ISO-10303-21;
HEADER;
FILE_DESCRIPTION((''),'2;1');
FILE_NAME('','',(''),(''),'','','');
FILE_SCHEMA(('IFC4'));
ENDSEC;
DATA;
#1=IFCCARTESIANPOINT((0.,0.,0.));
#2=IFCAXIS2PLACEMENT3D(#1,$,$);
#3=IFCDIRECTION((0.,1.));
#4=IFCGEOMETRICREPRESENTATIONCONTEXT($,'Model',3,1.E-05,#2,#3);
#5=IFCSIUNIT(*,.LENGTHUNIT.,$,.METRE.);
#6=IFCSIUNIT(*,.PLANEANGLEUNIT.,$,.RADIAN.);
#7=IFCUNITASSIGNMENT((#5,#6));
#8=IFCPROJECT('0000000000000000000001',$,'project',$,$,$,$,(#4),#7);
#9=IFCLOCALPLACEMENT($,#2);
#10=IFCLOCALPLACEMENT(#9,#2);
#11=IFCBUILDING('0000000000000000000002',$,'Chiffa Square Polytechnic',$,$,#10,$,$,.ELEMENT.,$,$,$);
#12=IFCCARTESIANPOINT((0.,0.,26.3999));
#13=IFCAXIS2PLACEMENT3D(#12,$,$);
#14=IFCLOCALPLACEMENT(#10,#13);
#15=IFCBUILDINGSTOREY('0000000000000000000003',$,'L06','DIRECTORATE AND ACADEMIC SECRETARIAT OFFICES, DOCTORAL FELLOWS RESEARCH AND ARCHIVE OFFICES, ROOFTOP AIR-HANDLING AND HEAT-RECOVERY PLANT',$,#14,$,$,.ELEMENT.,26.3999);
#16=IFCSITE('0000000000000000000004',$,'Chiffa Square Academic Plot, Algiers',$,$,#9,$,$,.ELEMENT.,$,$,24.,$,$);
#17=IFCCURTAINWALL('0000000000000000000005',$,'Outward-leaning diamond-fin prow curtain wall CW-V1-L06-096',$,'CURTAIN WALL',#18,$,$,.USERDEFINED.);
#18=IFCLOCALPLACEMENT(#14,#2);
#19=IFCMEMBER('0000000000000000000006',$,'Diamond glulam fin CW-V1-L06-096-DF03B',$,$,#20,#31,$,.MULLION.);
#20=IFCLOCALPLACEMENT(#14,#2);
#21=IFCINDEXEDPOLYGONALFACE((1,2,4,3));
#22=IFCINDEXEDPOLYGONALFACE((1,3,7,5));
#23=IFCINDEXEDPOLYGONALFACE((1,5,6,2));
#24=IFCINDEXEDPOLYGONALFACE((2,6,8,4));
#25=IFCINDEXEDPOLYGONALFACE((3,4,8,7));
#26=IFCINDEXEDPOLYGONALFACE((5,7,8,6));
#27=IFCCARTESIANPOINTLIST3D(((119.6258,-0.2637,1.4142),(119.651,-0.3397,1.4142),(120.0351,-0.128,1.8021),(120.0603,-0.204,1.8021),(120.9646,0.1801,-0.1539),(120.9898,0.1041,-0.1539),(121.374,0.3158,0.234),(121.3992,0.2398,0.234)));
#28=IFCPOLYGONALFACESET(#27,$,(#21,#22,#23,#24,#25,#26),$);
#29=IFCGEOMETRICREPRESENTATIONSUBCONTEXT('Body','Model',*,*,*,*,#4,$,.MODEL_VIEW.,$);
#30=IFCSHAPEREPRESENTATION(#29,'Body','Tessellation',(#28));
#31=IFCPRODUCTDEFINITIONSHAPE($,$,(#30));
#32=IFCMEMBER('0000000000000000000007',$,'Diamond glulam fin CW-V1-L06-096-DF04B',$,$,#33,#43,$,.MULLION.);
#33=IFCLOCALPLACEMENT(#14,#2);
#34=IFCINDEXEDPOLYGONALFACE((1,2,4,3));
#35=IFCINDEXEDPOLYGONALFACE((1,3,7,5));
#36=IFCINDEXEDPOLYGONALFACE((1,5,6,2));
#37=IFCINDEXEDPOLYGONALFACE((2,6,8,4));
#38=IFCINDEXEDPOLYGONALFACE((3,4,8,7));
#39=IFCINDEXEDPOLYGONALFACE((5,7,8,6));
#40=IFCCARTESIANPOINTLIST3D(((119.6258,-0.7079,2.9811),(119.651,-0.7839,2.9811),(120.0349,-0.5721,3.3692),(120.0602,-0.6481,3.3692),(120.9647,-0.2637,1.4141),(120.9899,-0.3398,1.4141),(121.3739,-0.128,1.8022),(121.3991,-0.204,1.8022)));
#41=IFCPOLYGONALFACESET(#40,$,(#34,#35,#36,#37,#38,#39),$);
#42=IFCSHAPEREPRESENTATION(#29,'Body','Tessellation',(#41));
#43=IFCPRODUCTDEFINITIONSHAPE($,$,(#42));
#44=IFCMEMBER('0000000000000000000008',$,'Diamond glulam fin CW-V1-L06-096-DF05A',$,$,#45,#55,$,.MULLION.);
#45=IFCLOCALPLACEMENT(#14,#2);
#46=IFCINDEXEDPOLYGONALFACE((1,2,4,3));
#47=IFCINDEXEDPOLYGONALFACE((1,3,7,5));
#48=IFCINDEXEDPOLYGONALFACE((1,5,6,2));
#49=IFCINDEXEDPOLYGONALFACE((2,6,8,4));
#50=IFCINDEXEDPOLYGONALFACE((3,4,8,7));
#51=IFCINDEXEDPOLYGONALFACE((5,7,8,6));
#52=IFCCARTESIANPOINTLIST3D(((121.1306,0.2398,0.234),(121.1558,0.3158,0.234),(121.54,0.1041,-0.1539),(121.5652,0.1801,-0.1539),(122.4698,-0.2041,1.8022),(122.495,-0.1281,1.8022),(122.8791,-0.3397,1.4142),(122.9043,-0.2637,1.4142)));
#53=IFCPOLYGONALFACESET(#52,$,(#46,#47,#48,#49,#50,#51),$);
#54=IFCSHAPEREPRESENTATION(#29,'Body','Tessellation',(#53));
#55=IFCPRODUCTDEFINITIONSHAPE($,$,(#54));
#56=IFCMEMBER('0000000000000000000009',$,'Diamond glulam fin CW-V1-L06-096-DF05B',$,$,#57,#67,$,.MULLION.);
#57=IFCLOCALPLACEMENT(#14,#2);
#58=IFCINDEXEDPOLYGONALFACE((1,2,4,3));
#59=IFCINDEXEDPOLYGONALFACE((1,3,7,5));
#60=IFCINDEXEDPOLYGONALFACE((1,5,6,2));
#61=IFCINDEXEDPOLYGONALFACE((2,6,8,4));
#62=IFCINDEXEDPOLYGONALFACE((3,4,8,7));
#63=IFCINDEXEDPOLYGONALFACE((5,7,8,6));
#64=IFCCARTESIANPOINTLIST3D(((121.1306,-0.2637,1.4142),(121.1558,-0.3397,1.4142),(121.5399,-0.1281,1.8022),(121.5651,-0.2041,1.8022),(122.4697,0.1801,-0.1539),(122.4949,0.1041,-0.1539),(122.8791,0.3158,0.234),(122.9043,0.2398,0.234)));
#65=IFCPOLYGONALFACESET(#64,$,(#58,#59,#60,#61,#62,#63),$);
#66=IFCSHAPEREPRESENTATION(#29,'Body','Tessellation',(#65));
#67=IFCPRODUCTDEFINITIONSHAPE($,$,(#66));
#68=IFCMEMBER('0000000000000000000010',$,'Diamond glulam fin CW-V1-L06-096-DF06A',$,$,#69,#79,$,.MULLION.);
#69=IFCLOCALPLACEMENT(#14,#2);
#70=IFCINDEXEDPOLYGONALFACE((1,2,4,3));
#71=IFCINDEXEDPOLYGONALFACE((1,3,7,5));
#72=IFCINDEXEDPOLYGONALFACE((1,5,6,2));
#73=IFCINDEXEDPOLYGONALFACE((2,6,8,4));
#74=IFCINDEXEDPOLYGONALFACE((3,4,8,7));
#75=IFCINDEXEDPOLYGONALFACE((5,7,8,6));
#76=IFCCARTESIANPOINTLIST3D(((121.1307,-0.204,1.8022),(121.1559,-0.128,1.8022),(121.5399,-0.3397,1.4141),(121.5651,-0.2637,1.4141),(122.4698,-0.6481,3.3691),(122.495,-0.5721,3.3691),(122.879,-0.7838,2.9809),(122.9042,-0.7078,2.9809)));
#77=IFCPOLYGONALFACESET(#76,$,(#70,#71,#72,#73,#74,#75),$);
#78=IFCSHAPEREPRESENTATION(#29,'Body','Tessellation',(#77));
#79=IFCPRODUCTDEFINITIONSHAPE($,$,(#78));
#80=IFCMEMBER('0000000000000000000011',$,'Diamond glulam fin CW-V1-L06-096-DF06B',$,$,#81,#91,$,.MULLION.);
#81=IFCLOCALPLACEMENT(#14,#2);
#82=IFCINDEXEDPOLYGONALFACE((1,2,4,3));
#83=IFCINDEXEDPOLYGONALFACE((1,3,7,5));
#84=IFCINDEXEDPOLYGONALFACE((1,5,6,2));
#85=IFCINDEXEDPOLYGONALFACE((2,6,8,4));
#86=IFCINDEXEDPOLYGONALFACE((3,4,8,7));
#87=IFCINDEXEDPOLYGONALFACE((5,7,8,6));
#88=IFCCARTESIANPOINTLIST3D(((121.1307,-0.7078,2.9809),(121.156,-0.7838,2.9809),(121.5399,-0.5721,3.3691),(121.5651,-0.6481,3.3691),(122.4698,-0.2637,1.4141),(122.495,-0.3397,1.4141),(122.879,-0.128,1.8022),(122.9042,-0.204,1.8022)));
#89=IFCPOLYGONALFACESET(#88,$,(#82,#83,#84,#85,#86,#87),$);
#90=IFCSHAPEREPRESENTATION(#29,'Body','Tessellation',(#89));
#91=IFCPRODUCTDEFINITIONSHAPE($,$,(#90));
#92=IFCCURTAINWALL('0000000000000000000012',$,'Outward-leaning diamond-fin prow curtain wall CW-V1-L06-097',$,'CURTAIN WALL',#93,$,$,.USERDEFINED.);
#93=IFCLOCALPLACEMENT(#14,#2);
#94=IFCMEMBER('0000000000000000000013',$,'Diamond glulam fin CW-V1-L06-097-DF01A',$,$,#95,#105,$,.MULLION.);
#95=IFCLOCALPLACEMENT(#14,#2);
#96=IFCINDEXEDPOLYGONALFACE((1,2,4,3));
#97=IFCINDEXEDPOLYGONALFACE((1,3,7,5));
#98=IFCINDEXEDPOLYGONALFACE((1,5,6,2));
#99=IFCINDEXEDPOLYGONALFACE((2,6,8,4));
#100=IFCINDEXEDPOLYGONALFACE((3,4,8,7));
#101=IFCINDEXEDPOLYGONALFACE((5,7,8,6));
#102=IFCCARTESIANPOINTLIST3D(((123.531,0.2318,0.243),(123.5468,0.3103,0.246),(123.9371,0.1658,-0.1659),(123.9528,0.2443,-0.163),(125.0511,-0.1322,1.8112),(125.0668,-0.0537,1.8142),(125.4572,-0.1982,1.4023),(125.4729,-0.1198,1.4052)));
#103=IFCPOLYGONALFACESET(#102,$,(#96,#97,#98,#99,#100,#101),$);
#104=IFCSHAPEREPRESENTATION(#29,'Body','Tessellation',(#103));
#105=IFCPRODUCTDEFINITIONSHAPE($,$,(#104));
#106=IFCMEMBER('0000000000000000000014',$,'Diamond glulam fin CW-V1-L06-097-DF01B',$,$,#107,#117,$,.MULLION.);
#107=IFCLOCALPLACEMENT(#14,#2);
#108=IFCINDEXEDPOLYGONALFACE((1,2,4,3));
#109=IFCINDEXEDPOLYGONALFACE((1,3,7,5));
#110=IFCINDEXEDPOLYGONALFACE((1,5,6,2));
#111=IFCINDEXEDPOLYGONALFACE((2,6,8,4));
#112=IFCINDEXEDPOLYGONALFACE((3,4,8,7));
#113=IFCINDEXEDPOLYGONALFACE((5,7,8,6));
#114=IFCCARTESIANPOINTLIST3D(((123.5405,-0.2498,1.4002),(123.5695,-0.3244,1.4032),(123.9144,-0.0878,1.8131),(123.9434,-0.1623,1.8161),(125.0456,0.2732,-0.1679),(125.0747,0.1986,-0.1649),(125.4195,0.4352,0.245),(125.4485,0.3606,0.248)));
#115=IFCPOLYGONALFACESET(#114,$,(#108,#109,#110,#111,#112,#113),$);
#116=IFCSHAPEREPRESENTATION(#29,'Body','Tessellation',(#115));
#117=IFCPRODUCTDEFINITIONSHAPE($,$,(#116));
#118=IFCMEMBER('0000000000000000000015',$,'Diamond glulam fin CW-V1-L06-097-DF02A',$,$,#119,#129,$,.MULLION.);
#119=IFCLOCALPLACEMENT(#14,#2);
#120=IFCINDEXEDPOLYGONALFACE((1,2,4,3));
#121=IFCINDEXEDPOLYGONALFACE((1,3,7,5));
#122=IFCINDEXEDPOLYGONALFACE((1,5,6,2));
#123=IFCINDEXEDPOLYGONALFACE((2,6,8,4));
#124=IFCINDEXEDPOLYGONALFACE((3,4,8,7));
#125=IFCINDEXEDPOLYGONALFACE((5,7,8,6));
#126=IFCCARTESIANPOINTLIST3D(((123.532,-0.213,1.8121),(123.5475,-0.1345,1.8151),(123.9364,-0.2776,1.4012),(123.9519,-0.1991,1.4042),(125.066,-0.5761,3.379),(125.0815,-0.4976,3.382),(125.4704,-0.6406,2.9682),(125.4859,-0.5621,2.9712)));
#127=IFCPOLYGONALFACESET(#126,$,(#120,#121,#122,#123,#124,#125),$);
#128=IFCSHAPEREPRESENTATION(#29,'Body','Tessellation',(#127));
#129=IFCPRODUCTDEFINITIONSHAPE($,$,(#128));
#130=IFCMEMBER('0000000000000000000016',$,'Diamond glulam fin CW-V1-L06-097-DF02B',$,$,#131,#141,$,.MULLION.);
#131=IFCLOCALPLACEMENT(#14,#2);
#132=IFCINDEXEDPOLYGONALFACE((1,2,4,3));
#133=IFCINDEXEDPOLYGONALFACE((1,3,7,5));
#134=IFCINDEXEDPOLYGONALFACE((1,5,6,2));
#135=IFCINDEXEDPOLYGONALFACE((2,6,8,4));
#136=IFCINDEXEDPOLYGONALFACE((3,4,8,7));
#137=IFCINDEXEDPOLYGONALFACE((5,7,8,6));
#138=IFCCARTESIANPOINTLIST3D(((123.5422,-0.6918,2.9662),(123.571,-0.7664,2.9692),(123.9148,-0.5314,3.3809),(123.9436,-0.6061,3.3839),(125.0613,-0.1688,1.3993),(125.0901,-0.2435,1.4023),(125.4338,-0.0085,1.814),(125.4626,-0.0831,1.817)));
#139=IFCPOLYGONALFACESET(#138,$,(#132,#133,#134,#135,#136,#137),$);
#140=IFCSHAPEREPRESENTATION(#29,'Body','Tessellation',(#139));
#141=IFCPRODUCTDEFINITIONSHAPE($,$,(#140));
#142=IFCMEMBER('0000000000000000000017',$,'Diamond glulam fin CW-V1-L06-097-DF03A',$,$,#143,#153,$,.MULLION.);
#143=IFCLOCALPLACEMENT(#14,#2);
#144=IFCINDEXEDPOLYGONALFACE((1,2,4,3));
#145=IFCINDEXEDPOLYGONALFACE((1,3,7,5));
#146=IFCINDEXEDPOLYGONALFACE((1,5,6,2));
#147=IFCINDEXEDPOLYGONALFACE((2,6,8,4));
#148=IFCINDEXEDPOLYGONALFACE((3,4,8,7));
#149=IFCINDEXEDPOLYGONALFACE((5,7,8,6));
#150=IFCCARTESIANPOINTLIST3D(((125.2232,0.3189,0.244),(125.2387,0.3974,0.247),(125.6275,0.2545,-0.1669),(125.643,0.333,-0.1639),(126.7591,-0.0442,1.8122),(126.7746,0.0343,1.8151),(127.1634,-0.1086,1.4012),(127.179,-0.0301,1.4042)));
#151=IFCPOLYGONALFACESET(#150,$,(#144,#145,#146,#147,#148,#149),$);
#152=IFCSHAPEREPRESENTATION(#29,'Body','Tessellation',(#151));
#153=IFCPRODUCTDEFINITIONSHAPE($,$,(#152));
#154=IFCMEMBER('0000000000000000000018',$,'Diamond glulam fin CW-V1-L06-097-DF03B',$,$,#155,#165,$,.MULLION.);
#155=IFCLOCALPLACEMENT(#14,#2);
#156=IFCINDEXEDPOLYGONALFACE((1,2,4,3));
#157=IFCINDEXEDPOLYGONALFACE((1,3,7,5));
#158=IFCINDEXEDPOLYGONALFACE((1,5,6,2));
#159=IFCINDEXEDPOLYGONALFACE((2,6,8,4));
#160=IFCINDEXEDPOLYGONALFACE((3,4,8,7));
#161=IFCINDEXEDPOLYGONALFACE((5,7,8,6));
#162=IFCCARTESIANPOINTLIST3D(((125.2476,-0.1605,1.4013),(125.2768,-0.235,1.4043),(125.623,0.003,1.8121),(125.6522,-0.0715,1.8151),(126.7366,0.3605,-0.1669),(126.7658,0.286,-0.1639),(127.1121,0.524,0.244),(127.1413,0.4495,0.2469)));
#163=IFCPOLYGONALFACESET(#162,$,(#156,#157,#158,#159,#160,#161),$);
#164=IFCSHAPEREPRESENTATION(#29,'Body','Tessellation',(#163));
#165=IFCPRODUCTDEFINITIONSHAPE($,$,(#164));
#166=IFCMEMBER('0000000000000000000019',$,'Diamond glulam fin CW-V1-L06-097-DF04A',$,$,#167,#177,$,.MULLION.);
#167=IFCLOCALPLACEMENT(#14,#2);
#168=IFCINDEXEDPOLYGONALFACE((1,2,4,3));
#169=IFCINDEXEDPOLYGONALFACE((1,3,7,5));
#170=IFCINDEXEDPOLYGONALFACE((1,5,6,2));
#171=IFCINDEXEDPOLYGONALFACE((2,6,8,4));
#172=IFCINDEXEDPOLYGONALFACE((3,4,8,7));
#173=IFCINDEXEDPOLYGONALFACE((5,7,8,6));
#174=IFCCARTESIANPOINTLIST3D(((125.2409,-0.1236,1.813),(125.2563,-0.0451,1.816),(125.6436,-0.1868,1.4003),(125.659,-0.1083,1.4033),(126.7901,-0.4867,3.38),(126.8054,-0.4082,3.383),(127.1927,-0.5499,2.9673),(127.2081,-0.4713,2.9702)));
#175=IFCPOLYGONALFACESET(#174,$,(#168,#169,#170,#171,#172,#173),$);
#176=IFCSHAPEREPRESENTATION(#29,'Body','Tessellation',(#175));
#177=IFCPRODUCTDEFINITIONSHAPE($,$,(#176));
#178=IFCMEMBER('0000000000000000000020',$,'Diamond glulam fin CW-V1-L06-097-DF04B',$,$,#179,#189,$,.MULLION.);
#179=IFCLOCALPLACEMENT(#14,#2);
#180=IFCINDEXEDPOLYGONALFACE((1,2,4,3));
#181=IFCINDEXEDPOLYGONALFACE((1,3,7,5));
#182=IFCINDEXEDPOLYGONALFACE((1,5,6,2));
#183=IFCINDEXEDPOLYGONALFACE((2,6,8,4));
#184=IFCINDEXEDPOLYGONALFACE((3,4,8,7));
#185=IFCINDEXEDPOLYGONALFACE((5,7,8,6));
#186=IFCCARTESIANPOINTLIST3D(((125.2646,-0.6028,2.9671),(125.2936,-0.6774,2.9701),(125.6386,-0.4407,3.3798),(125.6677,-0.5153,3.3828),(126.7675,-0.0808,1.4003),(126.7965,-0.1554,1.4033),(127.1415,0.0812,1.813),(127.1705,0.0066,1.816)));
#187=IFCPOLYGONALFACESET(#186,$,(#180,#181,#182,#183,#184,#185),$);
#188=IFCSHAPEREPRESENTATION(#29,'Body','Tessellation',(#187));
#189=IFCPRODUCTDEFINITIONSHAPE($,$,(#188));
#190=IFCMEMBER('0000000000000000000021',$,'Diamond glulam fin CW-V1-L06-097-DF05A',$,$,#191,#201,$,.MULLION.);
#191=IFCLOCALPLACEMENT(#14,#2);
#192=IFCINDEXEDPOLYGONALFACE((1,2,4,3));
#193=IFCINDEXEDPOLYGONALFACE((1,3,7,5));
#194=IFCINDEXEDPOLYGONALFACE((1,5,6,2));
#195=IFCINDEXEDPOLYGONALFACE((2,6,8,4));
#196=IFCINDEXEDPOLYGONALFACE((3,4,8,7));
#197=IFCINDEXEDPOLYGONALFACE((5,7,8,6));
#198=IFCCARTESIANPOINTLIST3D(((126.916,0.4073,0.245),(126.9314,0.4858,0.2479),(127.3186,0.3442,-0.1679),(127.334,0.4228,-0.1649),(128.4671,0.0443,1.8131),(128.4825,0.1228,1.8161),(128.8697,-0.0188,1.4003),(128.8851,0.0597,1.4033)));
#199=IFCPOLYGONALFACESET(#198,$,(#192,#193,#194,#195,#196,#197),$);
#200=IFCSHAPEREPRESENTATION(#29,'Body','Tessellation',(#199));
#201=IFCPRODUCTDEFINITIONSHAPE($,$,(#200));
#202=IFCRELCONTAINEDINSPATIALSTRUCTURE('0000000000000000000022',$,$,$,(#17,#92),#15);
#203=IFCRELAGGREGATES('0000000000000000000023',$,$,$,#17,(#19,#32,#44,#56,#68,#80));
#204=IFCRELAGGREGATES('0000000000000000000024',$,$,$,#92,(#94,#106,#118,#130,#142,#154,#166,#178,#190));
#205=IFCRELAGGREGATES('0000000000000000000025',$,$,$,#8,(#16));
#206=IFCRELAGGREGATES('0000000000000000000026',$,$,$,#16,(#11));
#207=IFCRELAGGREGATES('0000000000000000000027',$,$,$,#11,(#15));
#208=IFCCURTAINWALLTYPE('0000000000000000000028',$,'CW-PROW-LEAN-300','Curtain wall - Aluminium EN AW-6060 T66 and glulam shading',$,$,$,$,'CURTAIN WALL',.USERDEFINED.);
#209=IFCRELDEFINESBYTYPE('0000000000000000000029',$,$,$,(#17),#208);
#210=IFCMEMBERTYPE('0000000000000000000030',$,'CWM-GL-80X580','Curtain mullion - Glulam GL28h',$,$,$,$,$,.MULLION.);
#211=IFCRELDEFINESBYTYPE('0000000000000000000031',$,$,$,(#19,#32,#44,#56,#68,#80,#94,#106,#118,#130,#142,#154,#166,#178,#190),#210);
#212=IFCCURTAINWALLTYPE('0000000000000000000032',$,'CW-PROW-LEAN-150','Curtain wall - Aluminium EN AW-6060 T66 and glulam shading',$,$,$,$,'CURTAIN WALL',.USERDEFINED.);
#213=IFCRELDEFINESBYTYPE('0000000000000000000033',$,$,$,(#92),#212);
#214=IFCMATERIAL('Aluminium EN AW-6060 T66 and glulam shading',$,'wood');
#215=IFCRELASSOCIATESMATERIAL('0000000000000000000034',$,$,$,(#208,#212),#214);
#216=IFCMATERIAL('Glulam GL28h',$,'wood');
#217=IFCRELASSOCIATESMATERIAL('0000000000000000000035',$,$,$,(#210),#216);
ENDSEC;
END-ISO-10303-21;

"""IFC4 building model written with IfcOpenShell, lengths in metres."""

from ifc_helpers import new_model, si_unit, direction, frame, origin, origin_2d, place, context, subcontext, project, spatial, rectangle, extrude, material, material_profile, profile_set, type_object, element, aggregate, save


model = new_model("IFC4")

# Units and contexts
model_context = context("Model", 3, precision=1e-05, world=origin(), true_north=direction((0.0, 1.0)))
body_context = subcontext(model_context, "Body", "Model", "MODEL_VIEW")
ifc_project = project(units=[si_unit("LENGTHUNIT", "METRE"), si_unit("PLANEANGLEUNIT", "RADIAN")], contexts=[model_context])

# Site, building, storey
site_placement = place(None, origin())
site = spatial("IfcSite", under=ifc_project, at=site_placement, Name="Chiffa Square Academic Plot, Algiers", CompositionType="ELEMENT", RefElevation=24.0)
building_placement = place(site_placement, origin())
building = spatial("IfcBuilding", under=site, at=building_placement, Name="Chiffa Square Polytechnic", CompositionType="ELEMENT")
storey_placement = place(building_placement, frame((0.0, 0.0, 26.3999)))
storey = spatial("IfcBuildingStorey", under=building, at=storey_placement, Name="L06", Description="DIRECTORATE AND ACADEMIC SECRETARIAT OFFICES, DOCTORAL FELLOWS RESEARCH AND ARCHIVE OFFICES, ROOFTOP AIR-HANDLING AND HEAT-RECOVERY PLANT", CompositionType="ELEMENT", Elevation=26.3999)

# Curtain walls, members
ifc_material_1 = material(Name="Aluminium EN AW-6060 T66 and glulam shading", Category="wood")
curtain_wall_type_1 = type_object("IfcCurtainWallType", Name="CW-PROW-LEAN-300", Description="Curtain wall - Aluminium EN AW-6060 T66 and glulam shading", ElementType="CURTAIN WALL", PredefinedType="USERDEFINED", material=ifc_material_1)
curtain_wall_1_placement = place(storey_placement, origin())
curtain_wall_1 = element("IfcCurtainWall", 1, at=curtain_wall_1_placement, inside=storey, type_object=curtain_wall_type_1, Name="Outward-leaning diamond-fin prow curtain wall CW-V1-L06-096", ObjectType="CURTAIN WALL", PredefinedType="USERDEFINED")
ifc_material_2 = material(Name="Glulam GL28h", Category="wood")
ifc_material_profile_1 = material_profile(ifc_material_2, rectangle(XDim=0.0801, YDim=0.5801, at=origin_2d()), Name="GL28h 80x580")
ifc_profile_set_1 = profile_set([ifc_material_profile_1], Name="Glulam GL28h")
member_type_1 = type_object("IfcMemberType", Name="CWM-GL-80X580", Description="Curtain mullion - Glulam GL28h", PredefinedType="MULLION", material=ifc_profile_set_1)
member_1_placement = place(storey_placement, frame((121.1819, 0.21, 0.04), z_axis=(-0.634787, -0.210438, 0.743479), x_axis=(0.31467, -0.949201, 0.0)))
member_1 = element("IfcMember", 2, at=member_1_placement, type_object=member_type_1, Name="Diamond glulam fin CW-V1-L06-096-DF03B", PredefinedType="MULLION", context=body_context, shape_type="SweptSolid", body=[
    extrude(rectangle(XDim=0.0801, YDim=0.5801, at=origin_2d()), origin(), (0.0, 0.0, 1.0), 2.1091),
])
member_2_placement = place(storey_placement, frame((121.1819, -0.2339, 1.6082), z_axis=(-0.635045, -0.210639, 0.743202), x_axis=(0.314826, -0.94915, 0.0)))
member_2 = element("IfcMember", 3, at=member_2_placement, type_object=member_type_1, Name="Diamond glulam fin CW-V1-L06-096-DF04B", PredefinedType="MULLION", context=body_context, shape_type="SweptSolid", body=[
    extrude(rectangle(XDim=0.0801, YDim=0.5801, at=origin_2d()), origin(), (0.0, 0.0, 1.0), 2.1084),
])
member_3_placement = place(storey_placement, frame((121.3479, 0.21, 0.04), z_axis=(0.634856, -0.210423, 0.743424), x_axis=(0.314618, 0.949218, 0.0)))
member_3 = element("IfcMember", 4, at=member_3_placement, type_object=member_type_1, Name="Diamond glulam fin CW-V1-L06-096-DF05A", PredefinedType="MULLION", context=body_context, shape_type="SweptSolid", body=[
    extrude(rectangle(XDim=0.0801, YDim=0.5801, at=origin_2d()), origin(), (0.0, 0.0, 1.0), 2.1094),
])
member_4_placement = place(storey_placement, frame((122.687, 0.21, 0.04), z_axis=(-0.634856, -0.210423, 0.743424), x_axis=(0.314618, -0.949218, 0.0)))
member_4 = element("IfcMember", 5, at=member_4_placement, type_object=member_type_1, Name="Diamond glulam fin CW-V1-L06-096-DF05B", PredefinedType="MULLION", context=body_context, shape_type="SweptSolid", body=[
    extrude(rectangle(XDim=0.0801, YDim=0.5801, at=origin_2d()), origin(), (0.0, 0.0, 1.0), 2.1094),
])
member_5_placement = place(storey_placement, frame((121.3479, -0.2339, 1.6082), z_axis=(0.635114, -0.210624, 0.743147), x_axis=(0.314774, 0.949167, 0.0)))
member_5 = element("IfcMember", 6, at=member_5_placement, type_object=member_type_1, Name="Diamond glulam fin CW-V1-L06-096-DF06A", PredefinedType="MULLION", context=body_context, shape_type="SweptSolid", body=[
    extrude(rectangle(XDim=0.0801, YDim=0.5801, at=origin_2d()), origin(), (0.0, 0.0, 1.0), 2.1084),
])
member_6_placement = place(storey_placement, frame((122.687, -0.2339, 1.6082), z_axis=(-0.635114, -0.210624, 0.743147), x_axis=(0.314774, -0.949167, 0.0)))
member_6 = element("IfcMember", 7, at=member_6_placement, type_object=member_type_1, Name="Diamond glulam fin CW-V1-L06-096-DF06B", PredefinedType="MULLION", context=body_context, shape_type="SweptSolid", body=[
    extrude(rectangle(XDim=0.0801, YDim=0.5801, at=origin_2d()), origin(), (0.0, 0.0, 1.0), 2.1084),
])
curtain_wall_type_2 = type_object("IfcCurtainWallType", Name="CW-PROW-LEAN-150", Description="Curtain wall - Aluminium EN AW-6060 T66 and glulam shading", ElementType="CURTAIN WALL", PredefinedType="USERDEFINED", material=ifc_material_1)
curtain_wall_2_placement = place(storey_placement, origin())
curtain_wall_2 = element("IfcCurtainWall", 8, at=curtain_wall_2_placement, inside=storey, type_object=curtain_wall_type_2, Name="Outward-leaning diamond-fin prow curtain wall CW-V1-L06-097", ObjectType="CURTAIN WALL", PredefinedType="USERDEFINED")
member_7_placement = place(storey_placement, frame((123.7419, 0.238, 0.04), z_axis=(0.686538, -0.164412, 0.708261), x_axis=(0.196527, 0.979802, 0.036947)))
member_7 = element("IfcMember", 9, at=member_7_placement, type_object=member_type_1, Name="Diamond glulam fin CW-V1-L06-097-DF01A", PredefinedType="MULLION", context=body_context, shape_type="SweptSolid", body=[
    extrude(rectangle(XDim=0.0801, YDim=0.5801, at=origin_2d()), origin(), (0.0, 0.0, 1.0), 2.2141),
])
member_8_placement = place(storey_placement, frame((125.2471, 0.3169, 0.04), z_axis=(-0.673257, -0.23392, 0.701432), x_axis=(0.362427, -0.931266, 0.037302)))
member_8 = element("IfcMember", 10, at=member_8_placement, type_object=member_type_1, Name="Diamond glulam fin CW-V1-L06-097-DF01B", PredefinedType="MULLION", context=body_context, shape_type="SweptSolid", body=[
    extrude(rectangle(XDim=0.0801, YDim=0.5801, at=origin_2d()), origin(), (0.0, 0.0, 1.0), 2.2356),
])
member_9_placement = place(storey_placement, frame((123.7419, -0.2061, 1.6082), z_axis=(0.690156, -0.16334, 0.704985), x_axis=(0.194088, 0.980282, 0.037118)))
member_9 = element("IfcMember", 11, at=member_9_placement, type_object=member_type_1, Name="Diamond glulam fin CW-V1-L06-097-DF02A", PredefinedType="MULLION", context=body_context, shape_type="SweptSolid", body=[
    extrude(rectangle(XDim=0.0801, YDim=0.5801, at=origin_2d()), origin(), (0.0, 0.0, 1.0), 2.2227),
])
member_10_placement = place(storey_placement, frame((125.262, -0.126, 1.6082), z_axis=(-0.676896, -0.23303, 0.698219), x_axis=(0.359619, -0.932347, 0.037467)))
member_10 = element("IfcMember", 12, at=member_10_placement, type_object=member_type_1, Name="Diamond glulam fin CW-V1-L06-097-DF02B", PredefinedType="MULLION", context=body_context, shape_type="SweptSolid", body=[
    extrude(rectangle(XDim=0.0801, YDim=0.5801, at=origin_2d()), origin(), (0.0, 0.0, 1.0), 2.2441),
])
member_11_placement = place(storey_placement, frame((125.4331, 0.3259, 0.04), z_axis=(0.690349, -0.163177, 0.704834), x_axis=(0.193817, 0.980335, 0.037126)))
member_11 = element("IfcMember", 13, at=member_11_placement, type_object=member_type_1, Name="Diamond glulam fin CW-V1-L06-097-DF03A", PredefinedType="MULLION", context=body_context, shape_type="SweptSolid", body=[
    extrude(rectangle(XDim=0.0801, YDim=0.5801, at=origin_2d()), origin(), (0.0, 0.0, 1.0), 2.2249),
])
member_12_placement = place(storey_placement, frame((126.939, 0.405, 0.04), z_axis=(-0.669425, -0.234227, 0.704987), x_axis=(0.364634, -0.930411, 0.037118)))
member_12 = element("IfcMember", 14, at=member_12_placement, type_object=member_type_1, Name="Diamond glulam fin CW-V1-L06-097-DF03B", PredefinedType="MULLION", context=body_context, shape_type="SweptSolid", body=[
    extrude(rectangle(XDim=0.0801, YDim=0.5801, at=origin_2d()), origin(), (0.0, 0.0, 1.0), 2.2244),
])
member_13_placement = place(storey_placement, frame((125.45, -0.116, 1.6082), z_axis=(0.693698, -0.162573, 0.701679), x_axis=(0.192108, 0.980665, 0.037289)))
member_13 = element("IfcMember", 15, at=member_13_placement, type_object=member_type_1, Name="Diamond glulam fin CW-V1-L06-097-DF04A", PredefinedType="MULLION", context=body_context, shape_type="SweptSolid", body=[
    extrude(rectangle(XDim=0.0801, YDim=0.5801, at=origin_2d()), origin(), (0.0, 0.0, 1.0), 2.2332),
])
member_14_placement = place(storey_placement, frame((126.969, -0.0371, 1.6082), z_axis=(-0.673046, -0.233751, 0.701691), x_axis=(0.362322, -0.931307, 0.037288)))
member_14 = element("IfcMember", 16, at=member_14_placement, type_object=member_type_1, Name="Diamond glulam fin CW-V1-L06-097-DF04B", PredefinedType="MULLION", context=body_context, shape_type="SweptSolid", body=[
    extrude(rectangle(XDim=0.0801, YDim=0.5801, at=origin_2d()), origin(), (0.0, 0.0, 1.0), 2.2329),
])
member_15_placement = place(storey_placement, frame((127.125, 0.415, 0.04), z_axis=(0.693885, -0.162413, 0.701531), x_axis=(0.191842, 0.980717, 0.037297)))
member_15 = element("IfcMember", 17, at=member_15_placement, type_object=member_type_1, Name="Diamond glulam fin CW-V1-L06-097-DF05A", PredefinedType="MULLION", context=body_context, shape_type="SweptSolid", body=[
    extrude(rectangle(XDim=0.0801, YDim=0.5801, at=origin_2d()), origin(), (0.0, 0.0, 1.0), 2.2354),
])

aggregate(curtain_wall_1, [member_1, member_2, member_3, member_4, member_5, member_6])
aggregate(curtain_wall_2, [member_7, member_8, member_9, member_10, member_11, member_12, member_13, member_14, member_15])

save(model, "model.ifc")
